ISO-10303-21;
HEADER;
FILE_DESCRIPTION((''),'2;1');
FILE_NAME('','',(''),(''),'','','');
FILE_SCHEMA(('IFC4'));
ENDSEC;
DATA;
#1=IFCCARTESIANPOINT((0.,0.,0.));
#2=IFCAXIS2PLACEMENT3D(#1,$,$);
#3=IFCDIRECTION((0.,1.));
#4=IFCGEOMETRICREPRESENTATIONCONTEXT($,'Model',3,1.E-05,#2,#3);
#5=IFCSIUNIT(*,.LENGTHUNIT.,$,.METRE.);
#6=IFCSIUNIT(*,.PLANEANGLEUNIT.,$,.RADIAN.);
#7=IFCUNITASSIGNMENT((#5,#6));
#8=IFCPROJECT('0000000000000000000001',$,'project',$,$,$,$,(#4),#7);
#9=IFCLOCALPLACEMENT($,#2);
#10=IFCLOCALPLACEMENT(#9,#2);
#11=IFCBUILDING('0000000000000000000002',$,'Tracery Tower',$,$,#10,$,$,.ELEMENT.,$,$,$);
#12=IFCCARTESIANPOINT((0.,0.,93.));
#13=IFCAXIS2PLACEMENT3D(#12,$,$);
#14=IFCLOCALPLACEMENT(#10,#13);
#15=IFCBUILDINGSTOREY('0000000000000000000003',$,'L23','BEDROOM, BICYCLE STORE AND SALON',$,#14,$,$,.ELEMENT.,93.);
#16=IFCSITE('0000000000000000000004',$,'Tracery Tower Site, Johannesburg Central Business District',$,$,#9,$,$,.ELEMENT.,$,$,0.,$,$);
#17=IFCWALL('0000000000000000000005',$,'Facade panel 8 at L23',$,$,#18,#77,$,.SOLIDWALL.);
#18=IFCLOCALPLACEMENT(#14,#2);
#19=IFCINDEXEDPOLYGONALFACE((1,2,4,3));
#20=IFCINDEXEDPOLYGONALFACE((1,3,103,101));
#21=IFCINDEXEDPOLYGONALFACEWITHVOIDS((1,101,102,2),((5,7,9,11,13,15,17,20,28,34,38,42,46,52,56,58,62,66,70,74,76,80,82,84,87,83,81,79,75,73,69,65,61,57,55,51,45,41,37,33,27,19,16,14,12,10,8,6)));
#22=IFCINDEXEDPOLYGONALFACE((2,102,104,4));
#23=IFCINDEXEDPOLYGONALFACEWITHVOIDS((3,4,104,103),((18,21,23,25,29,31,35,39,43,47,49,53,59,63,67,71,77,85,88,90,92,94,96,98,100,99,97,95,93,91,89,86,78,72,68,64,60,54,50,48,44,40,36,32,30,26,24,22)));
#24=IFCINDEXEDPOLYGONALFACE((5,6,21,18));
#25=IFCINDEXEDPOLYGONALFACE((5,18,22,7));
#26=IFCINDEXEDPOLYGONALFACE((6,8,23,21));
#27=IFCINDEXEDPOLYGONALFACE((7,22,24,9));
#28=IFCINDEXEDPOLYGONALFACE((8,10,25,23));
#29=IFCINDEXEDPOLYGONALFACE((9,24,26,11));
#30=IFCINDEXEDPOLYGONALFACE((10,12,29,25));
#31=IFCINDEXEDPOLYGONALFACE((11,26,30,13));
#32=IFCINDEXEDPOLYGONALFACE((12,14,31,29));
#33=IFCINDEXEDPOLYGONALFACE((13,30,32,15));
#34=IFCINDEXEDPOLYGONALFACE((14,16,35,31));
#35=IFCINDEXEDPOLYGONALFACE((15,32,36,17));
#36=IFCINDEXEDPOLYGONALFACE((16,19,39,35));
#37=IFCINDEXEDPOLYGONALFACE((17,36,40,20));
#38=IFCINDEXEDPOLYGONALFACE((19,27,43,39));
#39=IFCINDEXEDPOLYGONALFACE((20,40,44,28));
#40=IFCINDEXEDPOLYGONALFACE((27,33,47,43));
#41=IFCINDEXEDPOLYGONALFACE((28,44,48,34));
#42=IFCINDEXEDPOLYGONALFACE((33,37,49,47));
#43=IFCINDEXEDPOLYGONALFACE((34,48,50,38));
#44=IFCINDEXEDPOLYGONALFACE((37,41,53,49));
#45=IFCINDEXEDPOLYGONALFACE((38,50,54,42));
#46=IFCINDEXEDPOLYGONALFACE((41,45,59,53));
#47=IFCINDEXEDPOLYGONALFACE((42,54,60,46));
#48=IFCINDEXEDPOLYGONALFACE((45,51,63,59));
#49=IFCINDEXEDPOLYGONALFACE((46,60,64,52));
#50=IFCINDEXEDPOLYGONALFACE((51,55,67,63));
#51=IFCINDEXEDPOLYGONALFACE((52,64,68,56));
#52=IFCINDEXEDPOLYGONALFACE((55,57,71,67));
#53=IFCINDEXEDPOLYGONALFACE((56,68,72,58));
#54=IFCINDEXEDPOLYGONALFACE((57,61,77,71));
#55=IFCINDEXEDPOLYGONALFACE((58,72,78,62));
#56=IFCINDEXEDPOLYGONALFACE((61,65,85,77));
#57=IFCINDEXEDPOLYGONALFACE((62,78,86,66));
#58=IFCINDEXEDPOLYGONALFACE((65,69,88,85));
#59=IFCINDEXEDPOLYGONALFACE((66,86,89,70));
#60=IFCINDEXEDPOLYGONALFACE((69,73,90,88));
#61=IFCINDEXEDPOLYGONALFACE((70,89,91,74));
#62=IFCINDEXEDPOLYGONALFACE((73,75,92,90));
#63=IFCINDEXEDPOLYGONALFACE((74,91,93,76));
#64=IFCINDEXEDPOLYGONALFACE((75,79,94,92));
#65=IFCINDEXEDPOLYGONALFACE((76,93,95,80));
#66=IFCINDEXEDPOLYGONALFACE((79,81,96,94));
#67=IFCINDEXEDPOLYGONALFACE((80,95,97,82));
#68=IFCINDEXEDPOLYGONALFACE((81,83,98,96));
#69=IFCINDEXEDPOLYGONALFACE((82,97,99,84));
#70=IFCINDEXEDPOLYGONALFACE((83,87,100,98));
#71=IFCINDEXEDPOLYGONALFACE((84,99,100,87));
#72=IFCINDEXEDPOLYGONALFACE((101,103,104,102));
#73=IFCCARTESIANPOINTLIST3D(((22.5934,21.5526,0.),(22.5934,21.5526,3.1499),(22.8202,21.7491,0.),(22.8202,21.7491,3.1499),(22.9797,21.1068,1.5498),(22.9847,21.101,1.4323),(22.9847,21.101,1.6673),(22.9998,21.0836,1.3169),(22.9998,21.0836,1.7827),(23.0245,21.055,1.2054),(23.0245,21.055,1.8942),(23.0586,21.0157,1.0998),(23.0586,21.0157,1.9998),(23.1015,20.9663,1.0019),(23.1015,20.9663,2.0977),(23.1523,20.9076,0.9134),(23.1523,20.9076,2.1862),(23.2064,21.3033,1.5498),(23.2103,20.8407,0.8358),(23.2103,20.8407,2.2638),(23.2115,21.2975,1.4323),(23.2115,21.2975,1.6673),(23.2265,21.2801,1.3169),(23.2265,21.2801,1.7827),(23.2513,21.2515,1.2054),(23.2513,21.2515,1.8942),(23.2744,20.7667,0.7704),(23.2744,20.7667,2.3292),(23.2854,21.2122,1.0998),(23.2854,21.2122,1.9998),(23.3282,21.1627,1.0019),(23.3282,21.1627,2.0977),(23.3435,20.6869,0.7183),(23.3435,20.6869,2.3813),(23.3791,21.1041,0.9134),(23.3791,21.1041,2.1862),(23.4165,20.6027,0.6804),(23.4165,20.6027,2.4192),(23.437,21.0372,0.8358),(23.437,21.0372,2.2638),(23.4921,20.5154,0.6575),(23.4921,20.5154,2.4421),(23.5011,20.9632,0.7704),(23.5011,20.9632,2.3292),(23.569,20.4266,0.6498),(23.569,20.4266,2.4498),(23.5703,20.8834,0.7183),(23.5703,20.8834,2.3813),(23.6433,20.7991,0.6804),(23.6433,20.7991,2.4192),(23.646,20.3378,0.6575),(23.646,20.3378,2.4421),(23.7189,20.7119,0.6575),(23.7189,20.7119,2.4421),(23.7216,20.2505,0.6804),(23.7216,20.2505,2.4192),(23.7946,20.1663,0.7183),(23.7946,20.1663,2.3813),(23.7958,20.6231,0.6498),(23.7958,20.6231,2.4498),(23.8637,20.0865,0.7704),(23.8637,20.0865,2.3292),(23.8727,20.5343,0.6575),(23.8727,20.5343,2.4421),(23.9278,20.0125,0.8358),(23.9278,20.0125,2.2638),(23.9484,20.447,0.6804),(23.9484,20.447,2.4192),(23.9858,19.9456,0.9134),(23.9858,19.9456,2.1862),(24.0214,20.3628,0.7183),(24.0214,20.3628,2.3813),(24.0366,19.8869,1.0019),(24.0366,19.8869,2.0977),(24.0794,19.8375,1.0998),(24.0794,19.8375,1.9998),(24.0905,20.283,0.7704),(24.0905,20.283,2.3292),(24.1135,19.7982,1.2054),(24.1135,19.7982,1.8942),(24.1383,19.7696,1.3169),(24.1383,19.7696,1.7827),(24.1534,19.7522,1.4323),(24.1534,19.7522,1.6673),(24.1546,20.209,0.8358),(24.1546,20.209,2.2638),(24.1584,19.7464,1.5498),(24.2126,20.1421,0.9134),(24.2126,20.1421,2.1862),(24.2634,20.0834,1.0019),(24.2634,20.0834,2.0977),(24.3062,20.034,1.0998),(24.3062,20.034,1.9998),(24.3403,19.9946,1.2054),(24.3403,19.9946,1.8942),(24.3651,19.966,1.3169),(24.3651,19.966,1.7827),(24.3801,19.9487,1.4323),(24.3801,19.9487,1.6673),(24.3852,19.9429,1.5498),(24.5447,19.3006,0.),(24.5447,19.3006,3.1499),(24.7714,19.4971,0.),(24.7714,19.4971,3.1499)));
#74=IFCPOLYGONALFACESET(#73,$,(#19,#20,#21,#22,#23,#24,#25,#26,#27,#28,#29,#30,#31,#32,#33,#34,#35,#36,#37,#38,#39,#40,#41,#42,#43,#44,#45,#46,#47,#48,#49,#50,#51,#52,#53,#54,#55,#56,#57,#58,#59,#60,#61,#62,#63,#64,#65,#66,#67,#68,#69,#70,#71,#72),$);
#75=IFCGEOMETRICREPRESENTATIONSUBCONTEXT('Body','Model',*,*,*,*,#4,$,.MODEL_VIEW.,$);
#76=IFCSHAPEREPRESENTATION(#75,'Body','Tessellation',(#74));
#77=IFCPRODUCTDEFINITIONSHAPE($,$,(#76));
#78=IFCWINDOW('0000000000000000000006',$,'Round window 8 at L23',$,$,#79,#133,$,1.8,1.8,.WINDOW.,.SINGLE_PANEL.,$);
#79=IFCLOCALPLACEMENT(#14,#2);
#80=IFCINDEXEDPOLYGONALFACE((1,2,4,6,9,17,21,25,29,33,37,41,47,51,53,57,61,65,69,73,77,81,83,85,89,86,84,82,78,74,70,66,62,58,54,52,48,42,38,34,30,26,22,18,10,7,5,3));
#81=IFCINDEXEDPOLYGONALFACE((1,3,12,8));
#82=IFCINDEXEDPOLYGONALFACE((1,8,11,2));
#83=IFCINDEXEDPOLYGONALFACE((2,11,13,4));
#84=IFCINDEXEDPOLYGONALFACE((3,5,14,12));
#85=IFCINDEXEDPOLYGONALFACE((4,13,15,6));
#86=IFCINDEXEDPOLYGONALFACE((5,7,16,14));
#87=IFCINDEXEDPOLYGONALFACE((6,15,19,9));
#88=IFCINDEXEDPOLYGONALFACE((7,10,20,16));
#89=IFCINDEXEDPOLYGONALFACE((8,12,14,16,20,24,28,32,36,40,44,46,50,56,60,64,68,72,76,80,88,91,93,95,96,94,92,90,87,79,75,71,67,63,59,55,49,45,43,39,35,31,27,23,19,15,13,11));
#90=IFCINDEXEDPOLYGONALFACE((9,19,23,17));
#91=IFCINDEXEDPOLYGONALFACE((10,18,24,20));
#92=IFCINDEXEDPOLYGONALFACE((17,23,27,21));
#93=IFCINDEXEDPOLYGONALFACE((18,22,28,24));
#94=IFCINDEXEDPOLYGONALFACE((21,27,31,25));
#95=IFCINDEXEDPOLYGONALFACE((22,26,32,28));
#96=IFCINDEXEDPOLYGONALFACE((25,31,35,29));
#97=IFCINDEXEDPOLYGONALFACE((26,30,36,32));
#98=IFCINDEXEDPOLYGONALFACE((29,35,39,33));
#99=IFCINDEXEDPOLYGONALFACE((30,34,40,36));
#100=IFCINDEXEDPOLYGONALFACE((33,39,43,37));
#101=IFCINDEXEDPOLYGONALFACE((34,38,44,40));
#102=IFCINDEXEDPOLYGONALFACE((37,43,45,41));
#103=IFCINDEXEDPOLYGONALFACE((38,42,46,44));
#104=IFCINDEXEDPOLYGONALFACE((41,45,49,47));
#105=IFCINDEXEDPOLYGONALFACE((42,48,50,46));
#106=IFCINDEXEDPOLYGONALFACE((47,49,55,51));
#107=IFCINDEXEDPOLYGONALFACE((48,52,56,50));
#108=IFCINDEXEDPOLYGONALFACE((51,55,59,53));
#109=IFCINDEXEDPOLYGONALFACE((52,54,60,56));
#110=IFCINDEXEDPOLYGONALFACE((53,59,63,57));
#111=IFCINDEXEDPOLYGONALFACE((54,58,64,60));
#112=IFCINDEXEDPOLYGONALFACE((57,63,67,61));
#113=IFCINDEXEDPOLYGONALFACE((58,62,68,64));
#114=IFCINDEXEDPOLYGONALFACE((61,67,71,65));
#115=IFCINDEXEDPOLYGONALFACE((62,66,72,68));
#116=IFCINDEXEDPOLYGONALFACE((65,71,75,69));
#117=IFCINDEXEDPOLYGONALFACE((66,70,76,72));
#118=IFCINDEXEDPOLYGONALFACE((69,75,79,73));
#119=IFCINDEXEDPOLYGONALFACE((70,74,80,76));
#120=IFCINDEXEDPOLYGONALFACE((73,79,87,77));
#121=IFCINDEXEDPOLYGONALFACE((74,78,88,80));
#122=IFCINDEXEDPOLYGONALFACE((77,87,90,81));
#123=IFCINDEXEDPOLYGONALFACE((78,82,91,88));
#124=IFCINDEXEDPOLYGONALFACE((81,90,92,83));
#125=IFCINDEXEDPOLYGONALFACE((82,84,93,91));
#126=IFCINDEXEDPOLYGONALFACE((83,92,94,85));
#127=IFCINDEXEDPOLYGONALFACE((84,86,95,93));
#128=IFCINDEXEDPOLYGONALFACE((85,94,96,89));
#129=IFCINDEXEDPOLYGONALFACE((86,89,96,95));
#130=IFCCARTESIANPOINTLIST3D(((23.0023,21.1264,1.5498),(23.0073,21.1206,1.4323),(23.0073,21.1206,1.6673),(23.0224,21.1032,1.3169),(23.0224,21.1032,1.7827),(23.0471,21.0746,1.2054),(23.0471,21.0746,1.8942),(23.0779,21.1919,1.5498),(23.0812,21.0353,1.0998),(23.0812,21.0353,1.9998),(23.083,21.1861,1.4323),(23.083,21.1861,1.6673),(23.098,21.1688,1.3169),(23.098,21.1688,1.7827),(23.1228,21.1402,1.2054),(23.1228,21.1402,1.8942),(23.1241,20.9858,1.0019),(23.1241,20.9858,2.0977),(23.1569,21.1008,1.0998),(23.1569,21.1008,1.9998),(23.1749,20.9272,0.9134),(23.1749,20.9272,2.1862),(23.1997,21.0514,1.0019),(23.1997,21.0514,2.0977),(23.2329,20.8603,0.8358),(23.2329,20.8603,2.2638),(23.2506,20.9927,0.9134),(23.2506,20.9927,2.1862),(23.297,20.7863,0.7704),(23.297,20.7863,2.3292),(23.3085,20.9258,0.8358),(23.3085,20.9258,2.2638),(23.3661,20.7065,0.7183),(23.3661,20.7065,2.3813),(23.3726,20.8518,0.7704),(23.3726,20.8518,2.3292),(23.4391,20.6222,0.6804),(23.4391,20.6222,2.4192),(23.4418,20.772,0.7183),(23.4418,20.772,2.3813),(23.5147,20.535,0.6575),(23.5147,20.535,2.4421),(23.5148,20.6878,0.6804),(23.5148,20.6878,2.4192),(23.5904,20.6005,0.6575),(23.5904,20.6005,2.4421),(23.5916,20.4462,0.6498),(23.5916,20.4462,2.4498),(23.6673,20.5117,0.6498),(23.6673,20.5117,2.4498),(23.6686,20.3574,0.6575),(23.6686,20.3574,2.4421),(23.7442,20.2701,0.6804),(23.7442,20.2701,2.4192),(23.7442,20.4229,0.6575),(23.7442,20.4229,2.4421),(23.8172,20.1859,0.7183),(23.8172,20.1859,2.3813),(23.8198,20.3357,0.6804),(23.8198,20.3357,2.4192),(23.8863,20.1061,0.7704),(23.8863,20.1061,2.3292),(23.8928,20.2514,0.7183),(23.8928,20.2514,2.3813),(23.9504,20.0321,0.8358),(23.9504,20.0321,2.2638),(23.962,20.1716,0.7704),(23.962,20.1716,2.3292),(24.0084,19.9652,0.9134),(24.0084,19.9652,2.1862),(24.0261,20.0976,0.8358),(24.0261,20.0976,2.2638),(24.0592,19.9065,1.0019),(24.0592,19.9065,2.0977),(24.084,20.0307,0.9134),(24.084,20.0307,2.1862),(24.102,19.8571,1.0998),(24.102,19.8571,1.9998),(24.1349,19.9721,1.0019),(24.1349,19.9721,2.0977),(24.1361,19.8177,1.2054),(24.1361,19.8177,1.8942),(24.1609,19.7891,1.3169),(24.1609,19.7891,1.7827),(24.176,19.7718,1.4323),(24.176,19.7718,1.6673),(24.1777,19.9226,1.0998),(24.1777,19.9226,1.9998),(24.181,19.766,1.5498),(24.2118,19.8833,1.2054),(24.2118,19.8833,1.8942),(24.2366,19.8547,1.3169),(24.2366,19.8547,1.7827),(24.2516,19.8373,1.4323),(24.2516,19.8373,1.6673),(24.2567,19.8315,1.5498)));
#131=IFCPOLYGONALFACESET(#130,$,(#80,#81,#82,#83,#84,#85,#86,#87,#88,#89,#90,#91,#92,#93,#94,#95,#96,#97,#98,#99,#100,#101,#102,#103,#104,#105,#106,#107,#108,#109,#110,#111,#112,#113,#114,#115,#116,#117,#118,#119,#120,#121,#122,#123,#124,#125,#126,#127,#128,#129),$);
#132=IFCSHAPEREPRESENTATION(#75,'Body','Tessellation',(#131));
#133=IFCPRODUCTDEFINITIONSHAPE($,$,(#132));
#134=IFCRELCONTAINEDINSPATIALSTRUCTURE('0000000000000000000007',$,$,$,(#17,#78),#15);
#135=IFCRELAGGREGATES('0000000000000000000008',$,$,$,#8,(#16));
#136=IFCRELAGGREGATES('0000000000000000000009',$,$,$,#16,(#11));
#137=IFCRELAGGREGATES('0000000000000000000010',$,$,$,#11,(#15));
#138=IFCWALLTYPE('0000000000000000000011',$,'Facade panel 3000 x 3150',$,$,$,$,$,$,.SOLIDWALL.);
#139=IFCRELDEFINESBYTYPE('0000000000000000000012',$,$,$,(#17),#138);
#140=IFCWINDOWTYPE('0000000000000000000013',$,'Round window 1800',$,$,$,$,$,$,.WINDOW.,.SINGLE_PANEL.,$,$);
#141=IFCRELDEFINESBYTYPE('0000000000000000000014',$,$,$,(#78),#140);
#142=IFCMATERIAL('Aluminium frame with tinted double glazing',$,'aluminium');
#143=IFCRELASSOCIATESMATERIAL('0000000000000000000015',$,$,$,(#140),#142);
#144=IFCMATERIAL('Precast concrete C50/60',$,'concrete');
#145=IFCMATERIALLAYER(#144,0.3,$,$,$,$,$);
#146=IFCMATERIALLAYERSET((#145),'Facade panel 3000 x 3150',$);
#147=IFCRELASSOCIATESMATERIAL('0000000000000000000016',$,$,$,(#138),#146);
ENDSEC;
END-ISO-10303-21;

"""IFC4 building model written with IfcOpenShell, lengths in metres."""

from ifc_helpers import new_model, si_unit, direction, frame, frame_2d, origin, origin_2d, place, context, subcontext, project, spatial, rectangle, circle, extrude, material, layer, layer_set, type_object, element, fill, save


model = new_model("IFC4")

# Units and contexts
model_context = context("Model", 3, precision=1e-05, world=origin(), true_north=direction((0.0, 1.0)))
body_context = subcontext(model_context, "Body", "Model", "MODEL_VIEW")
ifc_project = project(units=[si_unit("LENGTHUNIT", "METRE"), si_unit("PLANEANGLEUNIT", "RADIAN")], contexts=[model_context])

# Site, building, storey
site_placement = place(None, origin())
site = spatial("IfcSite", under=ifc_project, at=site_placement, Name="Tracery Tower Site, Johannesburg Central Business District", CompositionType="ELEMENT", RefElevation=0.0)
building_placement = place(site_placement, origin())
building = spatial("IfcBuilding", under=site, at=building_placement, Name="Tracery Tower", CompositionType="ELEMENT")
storey_placement = place(building_placement, frame((0.0, 0.0, 93.0)))
storey = spatial("IfcBuildingStorey", under=building, at=storey_placement, Name="L23", Description="BEDROOM, BICYCLE STORE AND SALON", CompositionType="ELEMENT", Elevation=93.0)

# Wall, opening, window
ifc_material_1 = material(Name="Aluminium frame with tinted double glazing", Category="aluminium")
window_type = type_object("IfcWindowType", Name="Round window 1800", PartitioningType="SINGLE_PANEL", PredefinedType="WINDOW", material=ifc_material_1)
ifc_material_2 = material(Name="Precast concrete C50/60", Category="concrete")
ifc_layer_1 = layer(ifc_material_2, 0.3)
ifc_layer_set_1 = layer_set([ifc_layer_1], Name="Facade panel 3000 x 3150")
wall_type_1 = type_object("IfcWallType", Name="Facade panel 3000 x 3150", PredefinedType="SOLIDWALL", material=ifc_layer_set_1)
wall_1_placement = place(storey_placement, frame((24.658, 19.3989, 0.0), z_axis=(0.0, 0.0, 1.0), x_axis=(-0.654831, 0.755776, 0.0)))
wall_1 = element("IfcWall", 1, at=wall_1_placement, inside=storey, type_object=wall_type_1, Name="Facade panel 8 at L23", PredefinedType="SOLIDWALL", context=body_context, shape_type="SweptSolid", body=[
    extrude(rectangle(XDim=2.9797, YDim=0.3, at=frame_2d((1.4897, 0.0))), origin(), (0.0, 0.0, 1.0), 3.1499),
])
opening_1_placement = place(wall_1_placement, frame((1.4897, 0.0, 1.5498)))
opening_1 = element("IfcOpeningElement", 2, at=opening_1_placement, cuts=wall_1, PredefinedType="OPENING", context=body_context, shape_type="SweptSolid", body=[
    extrude(circle(Radius=0.9, at=origin_2d()), frame((0.0, 0.1599, 0.0), z_axis=(0.0, -1.0, 0.0), x_axis=(1.0, 0.0, 0.0)), (0.0, 0.0, 1.0), 0.3201),
])
window_1_placement = place(opening_1_placement, origin())
window_1 = element("IfcWindow", 3, at=window_1_placement, inside=storey, type_object=window_type, Name="Round window 8 at L23", OverallHeight=1.8, OverallWidth=1.8, PartitioningType="SINGLE_PANEL", PredefinedType="WINDOW", context=body_context, shape_type="SweptSolid", body=[
    extrude(circle(Radius=0.9, at=origin_2d()), frame((0.0, 0.1201, 0.0), z_axis=(0.0, -1.0, 0.0), x_axis=(1.0, 0.0, 0.0)), (0.0, 0.0, 1.0), 0.1001),
])
fill(opening_1, window_1)

save(model, "model.ifc")
